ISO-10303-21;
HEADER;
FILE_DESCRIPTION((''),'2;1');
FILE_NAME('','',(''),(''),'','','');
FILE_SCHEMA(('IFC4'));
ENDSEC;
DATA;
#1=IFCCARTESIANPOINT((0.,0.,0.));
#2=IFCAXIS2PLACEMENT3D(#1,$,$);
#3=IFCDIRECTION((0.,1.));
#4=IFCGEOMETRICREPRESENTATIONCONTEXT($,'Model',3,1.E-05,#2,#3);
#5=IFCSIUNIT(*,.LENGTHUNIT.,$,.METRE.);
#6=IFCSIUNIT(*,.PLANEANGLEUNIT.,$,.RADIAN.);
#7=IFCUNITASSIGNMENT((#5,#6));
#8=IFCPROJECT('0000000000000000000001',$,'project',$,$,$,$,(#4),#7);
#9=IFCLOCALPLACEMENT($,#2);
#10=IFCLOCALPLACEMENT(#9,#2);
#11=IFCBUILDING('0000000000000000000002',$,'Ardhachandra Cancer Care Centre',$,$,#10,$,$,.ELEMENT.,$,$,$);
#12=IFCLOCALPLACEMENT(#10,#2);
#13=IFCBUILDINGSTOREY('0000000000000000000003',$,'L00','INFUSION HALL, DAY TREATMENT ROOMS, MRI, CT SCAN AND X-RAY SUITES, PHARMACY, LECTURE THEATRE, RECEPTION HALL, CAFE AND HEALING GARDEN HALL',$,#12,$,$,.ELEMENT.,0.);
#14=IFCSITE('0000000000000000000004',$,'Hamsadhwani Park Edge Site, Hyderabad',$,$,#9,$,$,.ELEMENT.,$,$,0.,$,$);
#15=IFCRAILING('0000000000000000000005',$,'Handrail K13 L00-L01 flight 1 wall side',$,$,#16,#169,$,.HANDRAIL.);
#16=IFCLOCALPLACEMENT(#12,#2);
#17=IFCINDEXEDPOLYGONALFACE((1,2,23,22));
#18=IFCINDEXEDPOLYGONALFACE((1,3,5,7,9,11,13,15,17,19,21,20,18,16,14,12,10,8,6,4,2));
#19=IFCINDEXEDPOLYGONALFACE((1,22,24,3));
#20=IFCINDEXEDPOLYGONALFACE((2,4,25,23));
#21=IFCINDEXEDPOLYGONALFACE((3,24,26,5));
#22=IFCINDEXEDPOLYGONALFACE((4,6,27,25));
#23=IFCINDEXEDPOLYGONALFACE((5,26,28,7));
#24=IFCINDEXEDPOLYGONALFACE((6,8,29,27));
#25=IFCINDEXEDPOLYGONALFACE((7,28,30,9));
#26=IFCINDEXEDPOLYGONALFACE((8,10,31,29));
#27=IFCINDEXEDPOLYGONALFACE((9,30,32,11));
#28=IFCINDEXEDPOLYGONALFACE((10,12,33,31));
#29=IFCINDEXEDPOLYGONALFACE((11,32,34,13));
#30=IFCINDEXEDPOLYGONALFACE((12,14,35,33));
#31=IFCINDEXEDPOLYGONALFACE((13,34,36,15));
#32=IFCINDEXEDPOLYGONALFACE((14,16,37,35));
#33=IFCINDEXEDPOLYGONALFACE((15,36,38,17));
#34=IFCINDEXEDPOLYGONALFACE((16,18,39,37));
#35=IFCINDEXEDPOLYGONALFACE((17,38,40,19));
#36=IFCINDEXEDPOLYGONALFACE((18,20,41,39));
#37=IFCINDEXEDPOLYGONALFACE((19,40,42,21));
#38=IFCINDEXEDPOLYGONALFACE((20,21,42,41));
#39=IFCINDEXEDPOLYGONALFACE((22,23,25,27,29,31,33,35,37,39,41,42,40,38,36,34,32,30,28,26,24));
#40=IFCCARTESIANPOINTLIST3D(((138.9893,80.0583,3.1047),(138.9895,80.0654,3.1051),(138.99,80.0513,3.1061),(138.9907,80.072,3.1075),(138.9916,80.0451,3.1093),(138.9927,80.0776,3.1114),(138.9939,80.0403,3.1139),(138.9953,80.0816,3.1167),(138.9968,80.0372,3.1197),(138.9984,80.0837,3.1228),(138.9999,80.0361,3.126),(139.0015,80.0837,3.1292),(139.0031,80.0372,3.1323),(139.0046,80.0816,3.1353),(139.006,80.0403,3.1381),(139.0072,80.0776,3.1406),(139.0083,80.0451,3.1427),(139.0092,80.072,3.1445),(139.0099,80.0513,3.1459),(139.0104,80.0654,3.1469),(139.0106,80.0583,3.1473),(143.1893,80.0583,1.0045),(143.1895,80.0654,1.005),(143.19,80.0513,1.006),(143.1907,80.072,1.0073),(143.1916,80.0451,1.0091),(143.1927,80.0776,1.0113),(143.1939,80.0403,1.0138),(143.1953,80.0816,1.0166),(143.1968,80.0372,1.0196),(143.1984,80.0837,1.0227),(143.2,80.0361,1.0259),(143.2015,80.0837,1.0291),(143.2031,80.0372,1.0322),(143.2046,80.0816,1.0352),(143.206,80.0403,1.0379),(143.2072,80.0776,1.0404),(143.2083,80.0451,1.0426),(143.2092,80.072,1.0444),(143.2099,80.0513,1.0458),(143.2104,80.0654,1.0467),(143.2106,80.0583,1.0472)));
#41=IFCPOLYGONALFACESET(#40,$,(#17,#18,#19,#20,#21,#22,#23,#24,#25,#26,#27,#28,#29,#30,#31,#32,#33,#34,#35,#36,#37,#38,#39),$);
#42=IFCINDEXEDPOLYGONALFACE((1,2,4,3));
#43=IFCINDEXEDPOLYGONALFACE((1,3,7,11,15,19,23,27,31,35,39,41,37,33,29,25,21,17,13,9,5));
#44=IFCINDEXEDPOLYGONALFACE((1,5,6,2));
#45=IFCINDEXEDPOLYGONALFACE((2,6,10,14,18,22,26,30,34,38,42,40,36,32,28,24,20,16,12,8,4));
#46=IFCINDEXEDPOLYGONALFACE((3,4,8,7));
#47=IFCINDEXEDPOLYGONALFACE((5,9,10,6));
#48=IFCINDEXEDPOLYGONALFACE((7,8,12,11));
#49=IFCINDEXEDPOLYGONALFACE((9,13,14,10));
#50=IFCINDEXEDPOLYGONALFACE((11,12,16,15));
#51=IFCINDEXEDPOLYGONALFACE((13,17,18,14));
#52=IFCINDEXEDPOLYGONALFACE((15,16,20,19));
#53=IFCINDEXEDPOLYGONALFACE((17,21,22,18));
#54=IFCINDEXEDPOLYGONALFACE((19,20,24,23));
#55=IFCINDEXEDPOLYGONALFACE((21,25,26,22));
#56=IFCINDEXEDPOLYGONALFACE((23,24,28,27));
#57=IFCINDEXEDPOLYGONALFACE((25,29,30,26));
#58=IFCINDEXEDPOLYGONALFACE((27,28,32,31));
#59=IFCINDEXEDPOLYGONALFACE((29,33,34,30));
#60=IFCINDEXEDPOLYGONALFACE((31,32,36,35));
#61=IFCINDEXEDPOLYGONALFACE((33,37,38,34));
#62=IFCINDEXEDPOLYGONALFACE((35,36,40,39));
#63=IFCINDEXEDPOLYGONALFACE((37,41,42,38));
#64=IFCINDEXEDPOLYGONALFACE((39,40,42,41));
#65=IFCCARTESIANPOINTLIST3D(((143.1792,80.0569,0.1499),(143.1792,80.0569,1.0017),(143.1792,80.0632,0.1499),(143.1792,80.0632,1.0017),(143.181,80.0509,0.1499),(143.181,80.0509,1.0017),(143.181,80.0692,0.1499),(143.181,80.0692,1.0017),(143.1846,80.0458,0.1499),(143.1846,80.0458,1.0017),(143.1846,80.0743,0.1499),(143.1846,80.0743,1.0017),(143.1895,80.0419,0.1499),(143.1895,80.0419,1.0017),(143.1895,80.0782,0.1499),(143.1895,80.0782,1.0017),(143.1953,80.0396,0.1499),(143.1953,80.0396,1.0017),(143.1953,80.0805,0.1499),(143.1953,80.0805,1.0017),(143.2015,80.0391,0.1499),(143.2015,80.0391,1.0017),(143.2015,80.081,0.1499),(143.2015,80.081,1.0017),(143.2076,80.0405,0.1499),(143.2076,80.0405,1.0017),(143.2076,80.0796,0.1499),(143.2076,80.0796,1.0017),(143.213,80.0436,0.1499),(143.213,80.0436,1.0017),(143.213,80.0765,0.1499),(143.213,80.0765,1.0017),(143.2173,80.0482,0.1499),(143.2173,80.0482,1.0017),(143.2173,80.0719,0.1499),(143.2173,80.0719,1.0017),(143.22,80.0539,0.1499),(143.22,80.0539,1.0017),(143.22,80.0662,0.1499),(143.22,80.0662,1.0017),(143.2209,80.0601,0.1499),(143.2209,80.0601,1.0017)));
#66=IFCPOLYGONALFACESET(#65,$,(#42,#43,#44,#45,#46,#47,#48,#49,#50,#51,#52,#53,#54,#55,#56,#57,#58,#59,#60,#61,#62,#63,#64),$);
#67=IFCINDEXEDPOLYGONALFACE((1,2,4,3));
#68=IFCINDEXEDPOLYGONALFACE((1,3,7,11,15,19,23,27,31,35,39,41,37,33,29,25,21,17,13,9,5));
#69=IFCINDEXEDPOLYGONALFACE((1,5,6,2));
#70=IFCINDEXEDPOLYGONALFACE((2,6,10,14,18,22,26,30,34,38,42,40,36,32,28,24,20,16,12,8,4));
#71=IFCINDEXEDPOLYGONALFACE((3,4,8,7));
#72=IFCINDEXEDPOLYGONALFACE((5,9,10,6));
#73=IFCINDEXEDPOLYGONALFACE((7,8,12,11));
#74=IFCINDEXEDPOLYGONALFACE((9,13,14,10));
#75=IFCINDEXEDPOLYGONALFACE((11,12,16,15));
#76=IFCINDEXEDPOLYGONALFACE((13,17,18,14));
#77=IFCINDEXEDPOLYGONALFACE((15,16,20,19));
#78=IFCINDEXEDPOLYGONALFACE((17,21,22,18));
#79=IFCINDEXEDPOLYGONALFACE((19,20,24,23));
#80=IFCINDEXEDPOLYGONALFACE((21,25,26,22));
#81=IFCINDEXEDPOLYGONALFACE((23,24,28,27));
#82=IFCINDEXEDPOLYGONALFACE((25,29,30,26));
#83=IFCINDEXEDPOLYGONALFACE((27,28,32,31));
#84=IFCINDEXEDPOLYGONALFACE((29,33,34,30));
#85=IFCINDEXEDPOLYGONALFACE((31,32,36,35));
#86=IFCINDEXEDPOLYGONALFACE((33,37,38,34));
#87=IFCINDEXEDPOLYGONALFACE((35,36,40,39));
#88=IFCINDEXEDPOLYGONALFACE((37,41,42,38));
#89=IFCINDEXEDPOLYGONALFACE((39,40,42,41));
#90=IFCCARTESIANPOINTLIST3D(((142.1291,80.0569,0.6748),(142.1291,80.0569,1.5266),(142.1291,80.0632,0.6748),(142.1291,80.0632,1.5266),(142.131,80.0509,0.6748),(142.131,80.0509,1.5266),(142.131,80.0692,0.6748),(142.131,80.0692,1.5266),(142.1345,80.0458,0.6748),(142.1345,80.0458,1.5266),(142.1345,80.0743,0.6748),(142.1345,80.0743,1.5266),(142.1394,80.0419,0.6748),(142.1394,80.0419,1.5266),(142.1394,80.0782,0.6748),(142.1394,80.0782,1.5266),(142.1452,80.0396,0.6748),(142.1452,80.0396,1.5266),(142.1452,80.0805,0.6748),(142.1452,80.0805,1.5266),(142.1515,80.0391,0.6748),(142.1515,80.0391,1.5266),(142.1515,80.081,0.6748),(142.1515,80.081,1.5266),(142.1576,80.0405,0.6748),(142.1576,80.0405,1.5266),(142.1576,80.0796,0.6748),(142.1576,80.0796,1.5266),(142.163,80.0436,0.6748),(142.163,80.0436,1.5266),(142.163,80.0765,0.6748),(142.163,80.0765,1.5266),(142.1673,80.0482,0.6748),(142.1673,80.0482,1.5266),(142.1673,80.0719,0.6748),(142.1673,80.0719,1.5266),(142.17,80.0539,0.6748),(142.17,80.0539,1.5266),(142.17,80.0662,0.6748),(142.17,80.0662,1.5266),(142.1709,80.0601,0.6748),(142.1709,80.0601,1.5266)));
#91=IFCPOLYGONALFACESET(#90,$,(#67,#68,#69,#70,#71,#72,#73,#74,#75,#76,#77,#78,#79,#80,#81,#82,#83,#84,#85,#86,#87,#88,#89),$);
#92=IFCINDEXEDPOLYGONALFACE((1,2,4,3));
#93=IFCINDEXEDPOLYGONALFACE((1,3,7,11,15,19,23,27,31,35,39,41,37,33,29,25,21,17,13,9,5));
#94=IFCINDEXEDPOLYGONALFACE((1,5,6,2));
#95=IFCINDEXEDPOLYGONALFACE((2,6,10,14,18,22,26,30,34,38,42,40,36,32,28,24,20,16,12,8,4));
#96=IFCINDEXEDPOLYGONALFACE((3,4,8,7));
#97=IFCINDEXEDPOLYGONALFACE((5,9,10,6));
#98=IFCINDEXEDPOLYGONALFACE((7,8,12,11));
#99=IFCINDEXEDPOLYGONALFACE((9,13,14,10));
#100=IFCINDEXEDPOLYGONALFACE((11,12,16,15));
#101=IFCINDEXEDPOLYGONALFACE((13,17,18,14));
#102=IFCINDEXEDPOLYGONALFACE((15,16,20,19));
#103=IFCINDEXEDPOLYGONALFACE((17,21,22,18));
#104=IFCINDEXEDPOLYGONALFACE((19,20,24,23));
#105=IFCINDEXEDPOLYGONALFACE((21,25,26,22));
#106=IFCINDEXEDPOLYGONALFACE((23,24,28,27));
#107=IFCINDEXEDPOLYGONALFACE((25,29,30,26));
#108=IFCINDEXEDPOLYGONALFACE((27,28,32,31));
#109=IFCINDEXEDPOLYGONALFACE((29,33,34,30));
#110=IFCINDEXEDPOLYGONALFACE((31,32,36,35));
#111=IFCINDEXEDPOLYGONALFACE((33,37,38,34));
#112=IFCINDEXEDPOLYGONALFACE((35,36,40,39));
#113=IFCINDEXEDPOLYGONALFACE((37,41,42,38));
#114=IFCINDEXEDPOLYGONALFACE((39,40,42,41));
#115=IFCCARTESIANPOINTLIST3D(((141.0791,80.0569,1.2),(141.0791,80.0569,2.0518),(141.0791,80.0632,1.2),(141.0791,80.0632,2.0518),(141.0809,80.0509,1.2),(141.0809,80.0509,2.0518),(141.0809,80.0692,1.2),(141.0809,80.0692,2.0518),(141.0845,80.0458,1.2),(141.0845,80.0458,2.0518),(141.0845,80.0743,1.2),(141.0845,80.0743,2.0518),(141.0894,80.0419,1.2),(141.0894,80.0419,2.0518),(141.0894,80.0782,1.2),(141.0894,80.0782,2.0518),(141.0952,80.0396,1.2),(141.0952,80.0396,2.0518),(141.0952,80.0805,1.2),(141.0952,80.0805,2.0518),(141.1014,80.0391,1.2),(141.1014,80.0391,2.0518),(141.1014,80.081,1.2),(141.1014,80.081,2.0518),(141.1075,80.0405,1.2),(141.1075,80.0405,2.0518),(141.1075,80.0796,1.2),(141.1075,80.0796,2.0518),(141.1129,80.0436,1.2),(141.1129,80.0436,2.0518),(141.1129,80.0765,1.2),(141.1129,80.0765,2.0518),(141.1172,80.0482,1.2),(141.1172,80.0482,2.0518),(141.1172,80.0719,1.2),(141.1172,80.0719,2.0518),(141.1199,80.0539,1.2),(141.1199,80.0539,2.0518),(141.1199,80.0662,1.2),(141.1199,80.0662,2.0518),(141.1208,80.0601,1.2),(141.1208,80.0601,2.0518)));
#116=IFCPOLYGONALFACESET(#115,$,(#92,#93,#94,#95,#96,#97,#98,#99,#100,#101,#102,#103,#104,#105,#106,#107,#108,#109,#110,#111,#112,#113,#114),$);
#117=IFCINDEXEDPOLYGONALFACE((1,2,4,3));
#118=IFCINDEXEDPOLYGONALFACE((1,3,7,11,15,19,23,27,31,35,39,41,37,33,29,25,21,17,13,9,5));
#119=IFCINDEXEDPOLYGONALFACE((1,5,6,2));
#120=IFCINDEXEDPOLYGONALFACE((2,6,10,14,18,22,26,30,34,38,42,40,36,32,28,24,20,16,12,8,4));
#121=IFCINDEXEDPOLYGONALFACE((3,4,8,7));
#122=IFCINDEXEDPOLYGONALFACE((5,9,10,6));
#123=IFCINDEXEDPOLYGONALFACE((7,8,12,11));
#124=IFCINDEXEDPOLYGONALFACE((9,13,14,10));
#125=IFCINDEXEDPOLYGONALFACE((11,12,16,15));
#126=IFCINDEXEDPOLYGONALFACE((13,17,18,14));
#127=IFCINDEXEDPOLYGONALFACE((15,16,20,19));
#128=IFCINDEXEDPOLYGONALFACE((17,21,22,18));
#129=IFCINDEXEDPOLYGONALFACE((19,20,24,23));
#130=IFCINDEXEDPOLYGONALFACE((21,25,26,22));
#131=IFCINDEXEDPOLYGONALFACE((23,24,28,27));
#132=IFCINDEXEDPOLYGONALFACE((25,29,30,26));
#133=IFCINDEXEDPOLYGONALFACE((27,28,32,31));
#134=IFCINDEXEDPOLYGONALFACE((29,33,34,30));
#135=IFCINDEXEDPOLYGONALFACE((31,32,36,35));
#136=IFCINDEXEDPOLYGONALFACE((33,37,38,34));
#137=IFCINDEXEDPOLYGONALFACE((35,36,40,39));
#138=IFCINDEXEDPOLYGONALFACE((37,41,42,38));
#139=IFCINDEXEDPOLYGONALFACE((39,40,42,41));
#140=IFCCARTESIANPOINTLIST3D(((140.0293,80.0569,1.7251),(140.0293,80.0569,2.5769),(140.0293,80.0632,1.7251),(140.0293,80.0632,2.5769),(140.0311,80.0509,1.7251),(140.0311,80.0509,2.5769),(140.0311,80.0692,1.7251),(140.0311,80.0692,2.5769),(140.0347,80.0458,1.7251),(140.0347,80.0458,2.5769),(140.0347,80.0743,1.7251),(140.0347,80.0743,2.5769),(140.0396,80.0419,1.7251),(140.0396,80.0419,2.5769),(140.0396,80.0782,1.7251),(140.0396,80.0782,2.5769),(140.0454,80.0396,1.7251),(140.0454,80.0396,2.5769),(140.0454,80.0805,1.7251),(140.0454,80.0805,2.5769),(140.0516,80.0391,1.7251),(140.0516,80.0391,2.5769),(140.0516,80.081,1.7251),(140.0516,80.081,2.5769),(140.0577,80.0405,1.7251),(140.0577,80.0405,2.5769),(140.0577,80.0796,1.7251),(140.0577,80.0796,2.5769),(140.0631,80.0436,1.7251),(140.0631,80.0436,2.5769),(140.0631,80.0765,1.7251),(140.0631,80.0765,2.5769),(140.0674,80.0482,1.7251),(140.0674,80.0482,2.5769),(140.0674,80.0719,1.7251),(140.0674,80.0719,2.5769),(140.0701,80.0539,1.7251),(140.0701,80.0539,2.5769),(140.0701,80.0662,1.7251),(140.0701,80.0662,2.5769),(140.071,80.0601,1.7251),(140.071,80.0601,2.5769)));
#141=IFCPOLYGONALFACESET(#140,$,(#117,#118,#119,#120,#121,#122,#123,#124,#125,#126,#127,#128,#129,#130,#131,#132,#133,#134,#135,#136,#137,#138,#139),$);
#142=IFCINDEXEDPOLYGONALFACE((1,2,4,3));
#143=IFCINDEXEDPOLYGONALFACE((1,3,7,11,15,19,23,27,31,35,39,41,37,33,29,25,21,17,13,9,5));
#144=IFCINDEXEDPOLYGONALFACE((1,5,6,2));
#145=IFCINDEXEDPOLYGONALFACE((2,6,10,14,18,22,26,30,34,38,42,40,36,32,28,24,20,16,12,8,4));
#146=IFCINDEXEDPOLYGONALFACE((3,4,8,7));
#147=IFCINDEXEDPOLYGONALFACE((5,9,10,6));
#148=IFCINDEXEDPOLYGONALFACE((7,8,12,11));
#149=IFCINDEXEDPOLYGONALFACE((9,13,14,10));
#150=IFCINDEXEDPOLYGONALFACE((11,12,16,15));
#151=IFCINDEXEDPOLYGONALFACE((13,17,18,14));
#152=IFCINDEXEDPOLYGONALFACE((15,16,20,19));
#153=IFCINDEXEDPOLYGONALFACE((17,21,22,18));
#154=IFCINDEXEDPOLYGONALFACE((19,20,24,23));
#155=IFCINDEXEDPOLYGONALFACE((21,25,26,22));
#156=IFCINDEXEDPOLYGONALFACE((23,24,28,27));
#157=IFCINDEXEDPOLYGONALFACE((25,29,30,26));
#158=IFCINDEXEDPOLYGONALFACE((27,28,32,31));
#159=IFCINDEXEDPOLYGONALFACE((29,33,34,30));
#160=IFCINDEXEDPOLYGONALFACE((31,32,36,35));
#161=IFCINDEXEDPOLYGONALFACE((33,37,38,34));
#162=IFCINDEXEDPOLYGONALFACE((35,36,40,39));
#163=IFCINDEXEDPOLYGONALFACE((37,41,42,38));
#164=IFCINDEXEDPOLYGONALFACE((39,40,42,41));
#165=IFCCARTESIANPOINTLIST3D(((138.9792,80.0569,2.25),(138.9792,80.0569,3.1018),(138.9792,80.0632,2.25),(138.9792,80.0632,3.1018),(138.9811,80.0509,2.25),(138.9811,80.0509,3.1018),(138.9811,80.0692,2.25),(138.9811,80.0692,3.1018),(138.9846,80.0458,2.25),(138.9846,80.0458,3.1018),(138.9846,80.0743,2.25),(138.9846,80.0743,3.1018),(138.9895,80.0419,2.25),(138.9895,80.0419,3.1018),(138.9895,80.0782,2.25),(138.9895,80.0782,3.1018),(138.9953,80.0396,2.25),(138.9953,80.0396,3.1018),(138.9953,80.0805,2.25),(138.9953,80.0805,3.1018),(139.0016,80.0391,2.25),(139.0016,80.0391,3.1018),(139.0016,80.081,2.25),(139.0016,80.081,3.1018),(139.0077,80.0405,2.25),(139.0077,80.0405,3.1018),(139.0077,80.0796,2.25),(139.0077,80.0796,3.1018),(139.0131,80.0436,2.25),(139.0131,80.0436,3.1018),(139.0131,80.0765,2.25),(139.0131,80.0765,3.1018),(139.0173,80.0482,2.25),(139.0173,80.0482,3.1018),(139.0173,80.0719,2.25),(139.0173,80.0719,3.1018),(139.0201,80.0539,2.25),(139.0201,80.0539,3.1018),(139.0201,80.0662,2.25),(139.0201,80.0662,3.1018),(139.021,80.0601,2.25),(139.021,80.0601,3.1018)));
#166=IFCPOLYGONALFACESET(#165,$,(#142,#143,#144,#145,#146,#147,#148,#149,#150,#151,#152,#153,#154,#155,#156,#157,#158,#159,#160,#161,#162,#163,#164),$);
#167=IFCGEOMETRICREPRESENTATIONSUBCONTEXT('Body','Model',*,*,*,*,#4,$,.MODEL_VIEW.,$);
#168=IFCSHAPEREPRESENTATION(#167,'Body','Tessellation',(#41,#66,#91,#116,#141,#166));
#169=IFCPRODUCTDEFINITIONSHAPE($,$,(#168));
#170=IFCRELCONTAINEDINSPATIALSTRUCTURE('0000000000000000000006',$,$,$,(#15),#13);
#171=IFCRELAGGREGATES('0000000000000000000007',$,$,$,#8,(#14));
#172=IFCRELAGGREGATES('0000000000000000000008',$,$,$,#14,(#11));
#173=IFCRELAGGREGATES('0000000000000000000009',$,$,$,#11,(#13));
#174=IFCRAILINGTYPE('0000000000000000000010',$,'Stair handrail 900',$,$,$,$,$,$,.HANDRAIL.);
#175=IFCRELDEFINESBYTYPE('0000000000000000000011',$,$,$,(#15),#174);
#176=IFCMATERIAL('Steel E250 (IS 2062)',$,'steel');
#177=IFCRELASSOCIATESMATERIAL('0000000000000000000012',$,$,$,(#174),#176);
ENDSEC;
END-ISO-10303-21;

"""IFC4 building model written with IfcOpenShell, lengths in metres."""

from ifc_helpers import new_model, si_unit, direction, frame, origin, origin_2d, place, context, subcontext, project, spatial, circle, extrude, material, type_object, element, save


model = new_model("IFC4")

# Units and contexts
model_context = context("Model", 3, precision=1e-05, world=origin(), true_north=direction((0.0, 1.0)))
body_context = subcontext(model_context, "Body", "Model", "MODEL_VIEW")
ifc_project = project(units=[si_unit("LENGTHUNIT", "METRE"), si_unit("PLANEANGLEUNIT", "RADIAN")], contexts=[model_context])

# Site, building, storey
site_placement = place(None, origin())
site = spatial("IfcSite", under=ifc_project, at=site_placement, Name="Hamsadhwani Park Edge Site, Hyderabad", CompositionType="ELEMENT", RefElevation=0.0)
building_placement = place(site_placement, origin())
building = spatial("IfcBuilding", under=site, at=building_placement, Name="Ardhachandra Cancer Care Centre", CompositionType="ELEMENT")
storey_placement = place(building_placement, origin())
storey = spatial("IfcBuildingStorey", under=building, at=storey_placement, Name="L00", Description="INFUSION HALL, DAY TREATMENT ROOMS, MRI, CT SCAN AND X-RAY SUITES, PHARMACY, LECTURE THEATRE, RECEPTION HALL, CAFE AND HEALING GARDEN HALL", CompositionType="ELEMENT", Elevation=0.0)

# Railing
ifc_material_1 = material(Name="Steel E250 (IS 2062)", Category="steel")
railing_type = type_object("IfcRailingType", Name="Stair handrail 900", PredefinedType="HANDRAIL", material=ifc_material_1)
railing_placement = place(storey_placement, frame((143.2, 80.0601, 0.1499)))
element("IfcRailing", 1, at=railing_placement, inside=storey, type_object=railing_type, Name="Handrail K13 L00-L01 flight 1 wall side", PredefinedType="HANDRAIL", context=body_context, shape_type="SweptSolid", body=[
    extrude(circle(Radius=0.0239, at=origin_2d()), frame((0.0, 0.0, 0.876), z_axis=(-0.894417, 0.0, 0.447234), x_axis=(0.0, -1.0, 0.0)), (0.0, 0.0, 1.0), 4.6958),
    extrude(circle(Radius=0.021, at=origin_2d()), origin(), (0.0, 0.0, 1.0), 0.8518),
    extrude(circle(Radius=0.021, at=origin_2d()), frame((-1.05, 0.0, 0.5249)), (0.0, 0.0, 1.0), 0.8518),
    extrude(circle(Radius=0.021, at=origin_2d()), frame((-2.1001, 0.0, 1.05)), (0.0, 0.0, 1.0), 0.8518),
    extrude(circle(Radius=0.021, at=origin_2d()), frame((-3.1499, 0.0, 1.5752)), (0.0, 0.0, 1.0), 0.8518),
    extrude(circle(Radius=0.021, at=origin_2d()), frame((-4.2, 0.0, 2.1001)), (0.0, 0.0, 1.0), 0.8518),
])

save(model, "model.ifc")
